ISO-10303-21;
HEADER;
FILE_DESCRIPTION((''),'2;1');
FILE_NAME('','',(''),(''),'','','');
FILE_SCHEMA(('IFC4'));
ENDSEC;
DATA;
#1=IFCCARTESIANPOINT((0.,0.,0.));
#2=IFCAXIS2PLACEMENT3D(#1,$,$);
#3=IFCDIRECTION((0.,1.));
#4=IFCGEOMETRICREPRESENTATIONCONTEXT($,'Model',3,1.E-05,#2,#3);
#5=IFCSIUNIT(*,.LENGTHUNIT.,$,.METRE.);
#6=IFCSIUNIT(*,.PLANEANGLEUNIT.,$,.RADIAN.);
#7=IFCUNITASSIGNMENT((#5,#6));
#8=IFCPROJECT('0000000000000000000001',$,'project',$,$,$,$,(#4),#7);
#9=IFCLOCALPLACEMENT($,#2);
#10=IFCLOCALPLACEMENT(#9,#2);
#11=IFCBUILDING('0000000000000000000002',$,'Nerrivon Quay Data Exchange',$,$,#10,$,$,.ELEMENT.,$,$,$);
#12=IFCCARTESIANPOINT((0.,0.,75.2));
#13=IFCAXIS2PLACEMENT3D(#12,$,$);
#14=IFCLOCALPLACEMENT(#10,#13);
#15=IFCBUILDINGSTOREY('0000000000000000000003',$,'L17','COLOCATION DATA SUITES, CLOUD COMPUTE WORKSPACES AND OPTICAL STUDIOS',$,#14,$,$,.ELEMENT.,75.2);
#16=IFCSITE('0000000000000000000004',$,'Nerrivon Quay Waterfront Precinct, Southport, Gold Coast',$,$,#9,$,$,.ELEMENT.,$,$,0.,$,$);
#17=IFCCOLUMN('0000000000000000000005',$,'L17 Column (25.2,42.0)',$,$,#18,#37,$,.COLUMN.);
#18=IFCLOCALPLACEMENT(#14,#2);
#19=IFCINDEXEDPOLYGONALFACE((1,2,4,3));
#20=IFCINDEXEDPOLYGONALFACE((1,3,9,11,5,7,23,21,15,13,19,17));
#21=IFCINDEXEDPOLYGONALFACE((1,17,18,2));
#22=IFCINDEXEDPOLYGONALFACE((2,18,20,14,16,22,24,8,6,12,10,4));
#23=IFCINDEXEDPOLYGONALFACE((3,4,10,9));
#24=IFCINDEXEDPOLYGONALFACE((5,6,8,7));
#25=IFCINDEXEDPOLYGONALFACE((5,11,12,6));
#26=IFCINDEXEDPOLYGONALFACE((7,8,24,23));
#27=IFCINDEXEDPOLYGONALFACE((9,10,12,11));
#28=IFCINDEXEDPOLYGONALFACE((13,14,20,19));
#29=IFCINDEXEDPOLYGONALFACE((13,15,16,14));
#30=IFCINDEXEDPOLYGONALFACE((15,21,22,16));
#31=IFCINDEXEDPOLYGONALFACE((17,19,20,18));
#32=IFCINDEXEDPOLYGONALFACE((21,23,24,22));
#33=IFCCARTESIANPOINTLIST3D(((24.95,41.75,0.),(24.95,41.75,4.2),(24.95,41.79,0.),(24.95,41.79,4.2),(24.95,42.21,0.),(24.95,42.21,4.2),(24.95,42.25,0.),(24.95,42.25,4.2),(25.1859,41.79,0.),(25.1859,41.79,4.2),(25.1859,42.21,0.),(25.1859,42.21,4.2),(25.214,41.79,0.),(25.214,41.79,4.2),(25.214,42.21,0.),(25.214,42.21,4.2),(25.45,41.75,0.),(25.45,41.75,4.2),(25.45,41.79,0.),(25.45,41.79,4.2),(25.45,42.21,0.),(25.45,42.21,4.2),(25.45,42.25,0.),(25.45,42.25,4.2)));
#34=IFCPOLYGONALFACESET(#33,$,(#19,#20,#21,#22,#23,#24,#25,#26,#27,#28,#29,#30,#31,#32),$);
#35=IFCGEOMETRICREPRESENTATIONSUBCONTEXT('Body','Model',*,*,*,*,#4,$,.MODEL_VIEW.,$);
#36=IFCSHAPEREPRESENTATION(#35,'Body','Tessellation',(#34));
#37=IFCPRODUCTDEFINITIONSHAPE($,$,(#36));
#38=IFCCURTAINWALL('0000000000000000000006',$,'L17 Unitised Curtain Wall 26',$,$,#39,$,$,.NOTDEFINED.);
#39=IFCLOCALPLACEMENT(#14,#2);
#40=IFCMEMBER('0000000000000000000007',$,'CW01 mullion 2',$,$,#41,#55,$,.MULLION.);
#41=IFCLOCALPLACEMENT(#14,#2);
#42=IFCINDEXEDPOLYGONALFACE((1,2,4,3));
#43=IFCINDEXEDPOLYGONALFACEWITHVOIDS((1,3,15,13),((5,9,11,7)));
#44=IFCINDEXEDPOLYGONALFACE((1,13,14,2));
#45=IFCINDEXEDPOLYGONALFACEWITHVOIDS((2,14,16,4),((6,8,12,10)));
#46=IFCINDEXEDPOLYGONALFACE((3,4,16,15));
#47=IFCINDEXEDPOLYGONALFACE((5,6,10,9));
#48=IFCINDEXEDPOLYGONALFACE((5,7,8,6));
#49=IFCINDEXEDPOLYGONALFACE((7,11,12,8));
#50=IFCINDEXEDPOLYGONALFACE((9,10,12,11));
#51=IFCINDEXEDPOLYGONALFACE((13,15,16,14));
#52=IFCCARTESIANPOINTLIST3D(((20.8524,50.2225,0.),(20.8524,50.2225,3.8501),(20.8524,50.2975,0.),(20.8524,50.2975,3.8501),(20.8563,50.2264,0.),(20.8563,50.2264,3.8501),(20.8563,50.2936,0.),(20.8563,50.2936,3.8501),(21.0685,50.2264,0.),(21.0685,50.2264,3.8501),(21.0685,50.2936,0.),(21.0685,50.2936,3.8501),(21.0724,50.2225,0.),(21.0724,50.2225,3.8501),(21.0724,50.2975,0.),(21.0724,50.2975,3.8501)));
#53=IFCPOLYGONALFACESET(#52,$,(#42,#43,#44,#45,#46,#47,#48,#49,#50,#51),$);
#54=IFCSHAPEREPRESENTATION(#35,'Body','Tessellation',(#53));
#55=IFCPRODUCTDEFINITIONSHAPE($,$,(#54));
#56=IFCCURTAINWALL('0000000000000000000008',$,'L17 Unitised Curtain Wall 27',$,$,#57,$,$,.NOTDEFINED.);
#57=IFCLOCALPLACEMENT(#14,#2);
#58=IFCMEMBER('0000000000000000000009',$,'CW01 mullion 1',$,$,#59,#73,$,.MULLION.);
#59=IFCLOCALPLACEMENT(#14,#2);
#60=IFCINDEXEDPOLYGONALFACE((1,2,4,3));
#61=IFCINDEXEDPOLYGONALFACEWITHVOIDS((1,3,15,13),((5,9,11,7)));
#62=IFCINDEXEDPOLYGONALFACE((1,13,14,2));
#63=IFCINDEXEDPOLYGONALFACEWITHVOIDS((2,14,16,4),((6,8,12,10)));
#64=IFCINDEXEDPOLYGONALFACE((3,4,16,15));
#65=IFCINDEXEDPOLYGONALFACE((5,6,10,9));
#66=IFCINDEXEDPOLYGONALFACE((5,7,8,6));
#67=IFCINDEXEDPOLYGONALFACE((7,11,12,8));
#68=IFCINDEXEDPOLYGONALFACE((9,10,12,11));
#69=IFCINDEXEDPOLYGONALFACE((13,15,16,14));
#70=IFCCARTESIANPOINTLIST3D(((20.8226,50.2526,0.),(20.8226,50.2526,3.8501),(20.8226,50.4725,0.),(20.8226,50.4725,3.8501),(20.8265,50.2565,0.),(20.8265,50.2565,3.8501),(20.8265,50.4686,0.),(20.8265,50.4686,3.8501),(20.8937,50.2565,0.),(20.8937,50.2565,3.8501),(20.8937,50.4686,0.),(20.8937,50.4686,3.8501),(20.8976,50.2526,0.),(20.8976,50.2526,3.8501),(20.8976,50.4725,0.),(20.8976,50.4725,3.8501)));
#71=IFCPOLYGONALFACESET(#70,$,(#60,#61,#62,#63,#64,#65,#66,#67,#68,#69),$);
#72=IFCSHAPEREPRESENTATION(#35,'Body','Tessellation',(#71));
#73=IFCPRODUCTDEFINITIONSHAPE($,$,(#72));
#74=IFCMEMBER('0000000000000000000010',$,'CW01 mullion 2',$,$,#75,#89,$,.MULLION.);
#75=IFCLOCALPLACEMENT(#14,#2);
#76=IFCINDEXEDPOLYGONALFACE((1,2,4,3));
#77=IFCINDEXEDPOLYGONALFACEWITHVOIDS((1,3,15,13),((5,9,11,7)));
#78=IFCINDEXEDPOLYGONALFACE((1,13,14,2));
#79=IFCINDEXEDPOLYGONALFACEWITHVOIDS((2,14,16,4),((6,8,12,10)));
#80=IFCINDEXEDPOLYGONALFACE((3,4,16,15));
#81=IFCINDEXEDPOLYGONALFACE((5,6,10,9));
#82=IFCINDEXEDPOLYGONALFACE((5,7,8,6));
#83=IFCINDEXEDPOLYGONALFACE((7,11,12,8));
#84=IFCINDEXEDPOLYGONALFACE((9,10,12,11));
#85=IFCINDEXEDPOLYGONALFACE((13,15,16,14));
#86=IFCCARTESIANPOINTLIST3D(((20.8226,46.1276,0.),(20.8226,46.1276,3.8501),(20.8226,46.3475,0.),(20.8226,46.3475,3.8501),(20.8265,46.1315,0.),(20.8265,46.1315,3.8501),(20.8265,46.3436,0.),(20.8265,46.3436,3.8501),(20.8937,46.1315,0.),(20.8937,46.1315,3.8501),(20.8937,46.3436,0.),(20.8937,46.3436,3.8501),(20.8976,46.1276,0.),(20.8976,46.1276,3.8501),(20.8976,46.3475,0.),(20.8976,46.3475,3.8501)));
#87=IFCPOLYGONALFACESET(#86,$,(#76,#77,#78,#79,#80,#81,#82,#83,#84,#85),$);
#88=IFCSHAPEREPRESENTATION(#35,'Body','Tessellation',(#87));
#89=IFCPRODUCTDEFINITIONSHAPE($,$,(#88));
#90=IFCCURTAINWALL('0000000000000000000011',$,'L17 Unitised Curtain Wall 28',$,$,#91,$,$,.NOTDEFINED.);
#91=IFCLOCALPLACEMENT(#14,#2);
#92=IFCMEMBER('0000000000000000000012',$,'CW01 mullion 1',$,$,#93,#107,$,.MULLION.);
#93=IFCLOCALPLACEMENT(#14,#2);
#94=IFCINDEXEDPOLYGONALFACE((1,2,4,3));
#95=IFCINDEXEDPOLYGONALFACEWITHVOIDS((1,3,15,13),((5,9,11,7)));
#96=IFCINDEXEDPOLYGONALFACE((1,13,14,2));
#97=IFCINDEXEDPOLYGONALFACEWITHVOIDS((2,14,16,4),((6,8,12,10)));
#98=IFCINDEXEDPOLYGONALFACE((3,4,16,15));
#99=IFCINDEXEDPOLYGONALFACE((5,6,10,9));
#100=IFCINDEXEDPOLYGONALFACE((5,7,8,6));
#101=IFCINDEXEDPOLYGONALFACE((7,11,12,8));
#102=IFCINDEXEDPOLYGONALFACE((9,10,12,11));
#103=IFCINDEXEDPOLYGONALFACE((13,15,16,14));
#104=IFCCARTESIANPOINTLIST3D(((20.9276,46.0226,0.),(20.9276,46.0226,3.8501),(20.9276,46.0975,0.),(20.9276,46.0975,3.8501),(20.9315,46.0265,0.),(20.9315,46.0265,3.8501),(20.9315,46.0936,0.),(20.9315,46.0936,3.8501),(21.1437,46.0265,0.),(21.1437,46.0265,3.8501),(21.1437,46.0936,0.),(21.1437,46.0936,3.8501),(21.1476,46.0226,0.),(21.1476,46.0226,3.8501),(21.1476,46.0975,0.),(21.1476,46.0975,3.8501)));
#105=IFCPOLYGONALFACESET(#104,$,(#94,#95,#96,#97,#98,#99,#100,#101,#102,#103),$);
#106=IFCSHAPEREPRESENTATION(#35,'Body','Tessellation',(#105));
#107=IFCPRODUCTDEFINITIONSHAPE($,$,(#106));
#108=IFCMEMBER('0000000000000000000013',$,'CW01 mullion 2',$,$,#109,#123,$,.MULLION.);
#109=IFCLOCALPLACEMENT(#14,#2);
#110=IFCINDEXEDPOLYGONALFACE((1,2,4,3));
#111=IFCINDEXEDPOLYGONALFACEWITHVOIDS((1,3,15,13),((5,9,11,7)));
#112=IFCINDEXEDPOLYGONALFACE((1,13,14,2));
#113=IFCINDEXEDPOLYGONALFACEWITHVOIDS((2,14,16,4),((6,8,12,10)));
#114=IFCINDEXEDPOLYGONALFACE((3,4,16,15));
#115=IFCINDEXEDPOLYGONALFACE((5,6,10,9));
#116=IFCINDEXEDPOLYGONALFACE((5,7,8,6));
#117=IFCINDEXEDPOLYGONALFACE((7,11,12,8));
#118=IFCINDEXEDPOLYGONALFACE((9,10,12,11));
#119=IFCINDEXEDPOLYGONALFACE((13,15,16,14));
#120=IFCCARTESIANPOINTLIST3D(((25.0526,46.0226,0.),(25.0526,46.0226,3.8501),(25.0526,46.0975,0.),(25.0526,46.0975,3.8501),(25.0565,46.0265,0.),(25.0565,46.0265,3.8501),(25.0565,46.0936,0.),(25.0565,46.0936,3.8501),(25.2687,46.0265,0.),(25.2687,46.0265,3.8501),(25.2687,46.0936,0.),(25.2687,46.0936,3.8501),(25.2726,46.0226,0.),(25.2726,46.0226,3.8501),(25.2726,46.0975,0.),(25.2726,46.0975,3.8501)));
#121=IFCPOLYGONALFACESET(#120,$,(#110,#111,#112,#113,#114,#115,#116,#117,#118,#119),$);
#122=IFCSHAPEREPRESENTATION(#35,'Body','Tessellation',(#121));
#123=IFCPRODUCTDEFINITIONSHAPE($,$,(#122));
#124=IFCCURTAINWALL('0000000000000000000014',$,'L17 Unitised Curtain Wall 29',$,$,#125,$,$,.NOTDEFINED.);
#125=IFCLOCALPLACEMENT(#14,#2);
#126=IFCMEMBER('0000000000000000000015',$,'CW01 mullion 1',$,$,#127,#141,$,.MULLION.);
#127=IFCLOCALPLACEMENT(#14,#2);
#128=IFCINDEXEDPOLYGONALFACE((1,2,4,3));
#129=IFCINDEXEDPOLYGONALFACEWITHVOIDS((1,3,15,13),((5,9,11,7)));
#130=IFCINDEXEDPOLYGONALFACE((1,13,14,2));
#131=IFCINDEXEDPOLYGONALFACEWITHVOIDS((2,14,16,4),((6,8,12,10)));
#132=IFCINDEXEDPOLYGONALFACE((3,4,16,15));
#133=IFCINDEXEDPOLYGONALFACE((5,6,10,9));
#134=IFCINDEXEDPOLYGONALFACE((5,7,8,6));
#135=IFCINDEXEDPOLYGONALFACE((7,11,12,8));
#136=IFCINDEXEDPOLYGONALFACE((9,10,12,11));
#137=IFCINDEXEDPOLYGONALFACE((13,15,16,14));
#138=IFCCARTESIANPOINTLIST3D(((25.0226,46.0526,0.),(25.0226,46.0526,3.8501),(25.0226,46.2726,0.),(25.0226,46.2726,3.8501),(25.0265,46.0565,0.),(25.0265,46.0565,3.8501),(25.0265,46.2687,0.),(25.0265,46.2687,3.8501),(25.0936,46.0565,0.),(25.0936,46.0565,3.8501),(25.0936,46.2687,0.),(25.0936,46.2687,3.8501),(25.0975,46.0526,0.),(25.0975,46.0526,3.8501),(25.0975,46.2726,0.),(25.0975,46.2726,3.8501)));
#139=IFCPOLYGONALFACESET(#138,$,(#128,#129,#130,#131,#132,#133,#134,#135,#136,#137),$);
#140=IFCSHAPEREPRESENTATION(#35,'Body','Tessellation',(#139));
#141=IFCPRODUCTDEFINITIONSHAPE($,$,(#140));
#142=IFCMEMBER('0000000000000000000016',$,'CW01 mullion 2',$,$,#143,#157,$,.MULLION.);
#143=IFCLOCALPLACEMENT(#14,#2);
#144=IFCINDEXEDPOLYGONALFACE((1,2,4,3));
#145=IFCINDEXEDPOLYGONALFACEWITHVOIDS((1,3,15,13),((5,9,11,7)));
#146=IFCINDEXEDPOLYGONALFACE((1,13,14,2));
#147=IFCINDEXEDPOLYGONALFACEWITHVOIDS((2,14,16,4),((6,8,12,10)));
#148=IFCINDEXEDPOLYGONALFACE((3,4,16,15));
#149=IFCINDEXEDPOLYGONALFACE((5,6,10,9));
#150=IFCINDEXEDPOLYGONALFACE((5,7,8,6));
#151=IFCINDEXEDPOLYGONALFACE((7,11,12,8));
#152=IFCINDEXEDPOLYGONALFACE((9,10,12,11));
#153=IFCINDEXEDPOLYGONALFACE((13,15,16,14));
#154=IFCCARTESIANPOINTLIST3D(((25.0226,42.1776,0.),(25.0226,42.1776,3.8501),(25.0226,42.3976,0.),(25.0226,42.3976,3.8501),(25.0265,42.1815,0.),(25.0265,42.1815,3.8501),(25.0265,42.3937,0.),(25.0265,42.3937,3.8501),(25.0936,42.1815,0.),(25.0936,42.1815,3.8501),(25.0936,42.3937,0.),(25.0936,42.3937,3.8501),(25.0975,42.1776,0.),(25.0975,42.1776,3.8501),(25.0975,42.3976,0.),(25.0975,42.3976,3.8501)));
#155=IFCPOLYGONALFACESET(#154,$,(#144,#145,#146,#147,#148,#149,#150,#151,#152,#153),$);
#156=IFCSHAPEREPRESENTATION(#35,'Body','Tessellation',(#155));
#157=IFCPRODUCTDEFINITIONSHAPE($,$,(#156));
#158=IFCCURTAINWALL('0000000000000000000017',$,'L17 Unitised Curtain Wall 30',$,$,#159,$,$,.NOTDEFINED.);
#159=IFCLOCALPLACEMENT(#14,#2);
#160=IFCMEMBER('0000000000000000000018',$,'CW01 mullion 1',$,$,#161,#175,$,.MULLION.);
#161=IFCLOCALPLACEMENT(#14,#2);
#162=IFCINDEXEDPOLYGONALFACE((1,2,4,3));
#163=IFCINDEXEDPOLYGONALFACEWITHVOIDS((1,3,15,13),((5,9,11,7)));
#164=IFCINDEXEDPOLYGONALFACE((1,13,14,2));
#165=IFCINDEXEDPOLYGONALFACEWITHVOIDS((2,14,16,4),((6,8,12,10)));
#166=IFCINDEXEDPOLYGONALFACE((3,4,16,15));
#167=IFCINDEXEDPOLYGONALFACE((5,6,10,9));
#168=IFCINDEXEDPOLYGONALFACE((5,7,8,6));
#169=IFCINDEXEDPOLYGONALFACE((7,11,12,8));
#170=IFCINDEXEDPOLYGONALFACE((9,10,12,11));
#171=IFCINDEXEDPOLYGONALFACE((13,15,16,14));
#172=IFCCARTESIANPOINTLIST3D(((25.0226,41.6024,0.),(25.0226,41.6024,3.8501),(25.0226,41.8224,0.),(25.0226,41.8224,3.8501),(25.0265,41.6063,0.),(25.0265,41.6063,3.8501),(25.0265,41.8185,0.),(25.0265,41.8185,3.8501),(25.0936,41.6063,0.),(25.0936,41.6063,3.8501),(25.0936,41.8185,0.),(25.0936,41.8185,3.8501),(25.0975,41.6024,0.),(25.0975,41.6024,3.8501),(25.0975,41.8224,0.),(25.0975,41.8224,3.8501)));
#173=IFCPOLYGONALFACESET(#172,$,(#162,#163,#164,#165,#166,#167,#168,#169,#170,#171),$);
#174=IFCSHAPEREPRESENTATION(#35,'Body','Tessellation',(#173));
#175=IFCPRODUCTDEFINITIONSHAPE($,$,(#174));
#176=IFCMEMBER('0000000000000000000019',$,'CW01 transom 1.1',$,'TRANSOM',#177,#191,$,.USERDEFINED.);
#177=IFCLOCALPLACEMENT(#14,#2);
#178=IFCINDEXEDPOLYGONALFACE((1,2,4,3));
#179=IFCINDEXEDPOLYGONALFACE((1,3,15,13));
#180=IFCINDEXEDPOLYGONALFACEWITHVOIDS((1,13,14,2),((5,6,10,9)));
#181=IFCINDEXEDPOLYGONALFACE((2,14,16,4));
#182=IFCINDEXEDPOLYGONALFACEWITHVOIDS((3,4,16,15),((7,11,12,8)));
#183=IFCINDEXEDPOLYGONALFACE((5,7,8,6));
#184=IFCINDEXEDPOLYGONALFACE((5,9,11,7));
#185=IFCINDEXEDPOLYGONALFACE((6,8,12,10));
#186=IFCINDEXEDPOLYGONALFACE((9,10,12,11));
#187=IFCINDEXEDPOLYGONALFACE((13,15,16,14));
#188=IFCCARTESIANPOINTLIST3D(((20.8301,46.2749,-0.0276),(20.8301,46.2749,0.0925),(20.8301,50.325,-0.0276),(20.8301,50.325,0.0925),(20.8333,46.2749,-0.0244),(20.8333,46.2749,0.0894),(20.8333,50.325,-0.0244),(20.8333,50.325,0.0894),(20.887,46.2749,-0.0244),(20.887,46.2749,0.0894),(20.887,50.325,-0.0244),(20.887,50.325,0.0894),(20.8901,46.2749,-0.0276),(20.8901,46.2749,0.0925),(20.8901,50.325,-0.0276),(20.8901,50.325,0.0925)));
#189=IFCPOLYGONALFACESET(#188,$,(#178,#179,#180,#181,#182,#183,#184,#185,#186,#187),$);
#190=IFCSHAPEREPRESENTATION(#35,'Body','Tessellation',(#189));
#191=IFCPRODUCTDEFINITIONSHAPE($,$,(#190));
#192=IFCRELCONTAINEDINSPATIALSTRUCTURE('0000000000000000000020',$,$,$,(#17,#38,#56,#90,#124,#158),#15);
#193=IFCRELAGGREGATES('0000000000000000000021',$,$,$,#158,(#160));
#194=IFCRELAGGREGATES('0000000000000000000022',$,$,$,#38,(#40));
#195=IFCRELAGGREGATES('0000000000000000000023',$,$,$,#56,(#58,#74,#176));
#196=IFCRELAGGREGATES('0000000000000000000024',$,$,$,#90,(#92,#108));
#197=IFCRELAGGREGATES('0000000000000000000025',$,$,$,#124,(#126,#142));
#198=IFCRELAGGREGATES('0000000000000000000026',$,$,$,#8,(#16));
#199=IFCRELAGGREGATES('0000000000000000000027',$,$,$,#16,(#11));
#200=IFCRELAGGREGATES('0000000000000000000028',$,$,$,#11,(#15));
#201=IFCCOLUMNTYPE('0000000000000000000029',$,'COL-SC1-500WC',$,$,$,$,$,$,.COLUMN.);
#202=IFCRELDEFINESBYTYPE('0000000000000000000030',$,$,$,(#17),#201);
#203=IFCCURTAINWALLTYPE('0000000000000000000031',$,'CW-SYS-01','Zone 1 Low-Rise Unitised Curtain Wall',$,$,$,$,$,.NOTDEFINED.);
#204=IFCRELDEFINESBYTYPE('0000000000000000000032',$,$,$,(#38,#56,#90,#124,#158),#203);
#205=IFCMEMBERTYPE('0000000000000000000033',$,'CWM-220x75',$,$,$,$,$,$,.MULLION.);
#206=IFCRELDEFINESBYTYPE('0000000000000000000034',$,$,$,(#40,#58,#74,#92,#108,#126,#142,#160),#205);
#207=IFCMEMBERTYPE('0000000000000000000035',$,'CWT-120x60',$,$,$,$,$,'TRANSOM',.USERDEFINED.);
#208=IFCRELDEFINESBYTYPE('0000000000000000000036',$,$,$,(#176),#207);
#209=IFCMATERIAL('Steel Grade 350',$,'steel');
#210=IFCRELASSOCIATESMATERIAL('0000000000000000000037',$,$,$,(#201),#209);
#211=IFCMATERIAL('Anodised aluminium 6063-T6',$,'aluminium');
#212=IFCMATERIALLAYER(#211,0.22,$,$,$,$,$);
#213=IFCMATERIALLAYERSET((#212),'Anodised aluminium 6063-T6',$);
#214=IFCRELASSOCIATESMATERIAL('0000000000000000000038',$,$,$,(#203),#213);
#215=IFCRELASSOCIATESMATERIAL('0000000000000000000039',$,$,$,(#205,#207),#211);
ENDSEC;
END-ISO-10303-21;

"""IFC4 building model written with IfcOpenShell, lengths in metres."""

from ifc_helpers import new_model, si_unit, direction, frame, origin, origin_2d, place, context, subcontext, project, spatial, hollow_rectangle, i_section, extrude, material, layer, layer_set, material_profile, profile_set, type_object, element, aggregate, save


model = new_model("IFC4")

# Units and contexts
model_context = context("Model", 3, precision=1e-05, world=origin(), true_north=direction((0.0, 1.0)))
body_context = subcontext(model_context, "Body", "Model", "MODEL_VIEW")
ifc_project = project(units=[si_unit("LENGTHUNIT", "METRE"), si_unit("PLANEANGLEUNIT", "RADIAN")], contexts=[model_context])

# Site, building, storey
site_placement = place(None, origin())
site = spatial("IfcSite", under=ifc_project, at=site_placement, Name="Nerrivon Quay Waterfront Precinct, Southport, Gold Coast", CompositionType="ELEMENT", RefElevation=0.0)
building_placement = place(site_placement, origin())
building = spatial("IfcBuilding", under=site, at=building_placement, Name="Nerrivon Quay Data Exchange", CompositionType="ELEMENT")
storey_placement = place(building_placement, frame((0.0, 0.0, 75.2)))
storey = spatial("IfcBuildingStorey", under=building, at=storey_placement, Name="L17", Description="COLOCATION DATA SUITES, CLOUD COMPUTE WORKSPACES AND OPTICAL STUDIOS", CompositionType="ELEMENT", Elevation=75.2)

# Column
ifc_material_1 = material(Name="Steel Grade 350", Category="steel")
ifc_material_profile_1 = material_profile(ifc_material_1, i_section(OverallWidth=0.5, OverallDepth=0.5, WebThickness=0.0281, FlangeThickness=0.04, at=origin_2d()), Name="500WC440")
ifc_profile_set_1 = profile_set([ifc_material_profile_1], Name="Steel Grade 350")
column_type = type_object("IfcColumnType", Name="COL-SC1-500WC", PredefinedType="COLUMN", material=ifc_profile_set_1)
column_placement = place(storey_placement, frame((25.2, 42.0, 0.0), z_axis=(0.0, 0.0, 1.0), x_axis=(1.0, 0.0, 0.0)))
element("IfcColumn", 1, at=column_placement, inside=storey, type_object=column_type, Name="L17 Column (25.2,42.0)", PredefinedType="COLUMN", context=body_context, shape_type="SweptSolid", body=[
    extrude(i_section(OverallWidth=0.5, OverallDepth=0.5, WebThickness=0.0281, FlangeThickness=0.04, at=origin_2d()), origin(), (0.0, 0.0, 1.0), 4.2),
])

# Curtain wall, member
ifc_material_2 = material(Name="Anodised aluminium 6063-T6", Category="aluminium")
ifc_layer_1 = layer(ifc_material_2, 0.22)
ifc_layer_set_1 = layer_set([ifc_layer_1], Name="Anodised aluminium 6063-T6")
curtain_wall_type = type_object("IfcCurtainWallType", Name="CW-SYS-01", Description="Zone 1 Low-Rise Unitised Curtain Wall", PredefinedType="NOTDEFINED", material=ifc_layer_set_1)
curtain_wall_1_placement = place(storey_placement, origin())
curtain_wall_1 = element("IfcCurtainWall", 2, at=curtain_wall_1_placement, inside=storey, type_object=curtain_wall_type, Name="L17 Unitised Curtain Wall 26", PredefinedType="NOTDEFINED")
ifc_material_profile_2 = material_profile(ifc_material_2, hollow_rectangle(XDim=0.075, YDim=0.22, WallThickness=0.0039, at=origin_2d()), Name="ALU-MULL-220x75")
ifc_profile_set_2 = profile_set([ifc_material_profile_2], Name="Anodised aluminium 6063-T6")
member_type_1 = type_object("IfcMemberType", Name="CWM-220x75", PredefinedType="MULLION", material=ifc_profile_set_2)
member_1_placement = place(storey_placement, frame((20.9624, 50.26, 0.0), z_axis=(0.0, 0.0, 1.0), x_axis=(0.0, 1.0, 0.0)))
member_1 = element("IfcMember", 3, at=member_1_placement, type_object=member_type_1, Name="CW01 mullion 2", PredefinedType="MULLION", context=body_context, shape_type="SweptSolid", body=[
    extrude(hollow_rectangle(XDim=0.075, YDim=0.22, WallThickness=0.0039, at=origin_2d()), origin(), (0.0, 0.0, 1.0), 3.8501),
])

# Curtain walls, members
curtain_wall_2_placement = place(storey_placement, origin())
curtain_wall_2 = element("IfcCurtainWall", 4, at=curtain_wall_2_placement, inside=storey, type_object=curtain_wall_type, Name="L17 Unitised Curtain Wall 27", PredefinedType="NOTDEFINED")
member_2_placement = place(storey_placement, frame((20.8601, 50.3625, 0.0), z_axis=(0.0, 0.0, 1.0), x_axis=(1.0, 0.0, 0.0)))
member_2 = element("IfcMember", 5, at=member_2_placement, type_object=member_type_1, Name="CW01 mullion 1", PredefinedType="MULLION", context=body_context, shape_type="SweptSolid", body=[
    extrude(hollow_rectangle(XDim=0.075, YDim=0.22, WallThickness=0.0039, at=origin_2d()), origin(), (0.0, 0.0, 1.0), 3.8501),
])
member_3_placement = place(storey_placement, frame((20.8601, 46.2375, 0.0), z_axis=(0.0, 0.0, 1.0), x_axis=(1.0, 0.0, 0.0)))
member_3 = element("IfcMember", 6, at=member_3_placement, type_object=member_type_1, Name="CW01 mullion 2", PredefinedType="MULLION", context=body_context, shape_type="SweptSolid", body=[
    extrude(hollow_rectangle(XDim=0.075, YDim=0.22, WallThickness=0.0039, at=origin_2d()), origin(), (0.0, 0.0, 1.0), 3.8501),
])
curtain_wall_3_placement = place(storey_placement, origin())
curtain_wall_3 = element("IfcCurtainWall", 7, at=curtain_wall_3_placement, inside=storey, type_object=curtain_wall_type, Name="L17 Unitised Curtain Wall 28", PredefinedType="NOTDEFINED")
member_4_placement = place(storey_placement, frame((21.0376, 46.0601, 0.0), z_axis=(0.0, 0.0, 1.0), x_axis=(0.0, 1.0, 0.0)))
member_4 = element("IfcMember", 8, at=member_4_placement, type_object=member_type_1, Name="CW01 mullion 1", PredefinedType="MULLION", context=body_context, shape_type="SweptSolid", body=[
    extrude(hollow_rectangle(XDim=0.075, YDim=0.22, WallThickness=0.0039, at=origin_2d()), origin(), (0.0, 0.0, 1.0), 3.8501),
])
member_5_placement = place(storey_placement, frame((25.1626, 46.0601, 0.0), z_axis=(0.0, 0.0, 1.0), x_axis=(0.0, 1.0, 0.0)))
member_5 = element("IfcMember", 9, at=member_5_placement, type_object=member_type_1, Name="CW01 mullion 2", PredefinedType="MULLION", context=body_context, shape_type="SweptSolid", body=[
    extrude(hollow_rectangle(XDim=0.075, YDim=0.22, WallThickness=0.0039, at=origin_2d()), origin(), (0.0, 0.0, 1.0), 3.8501),
])
curtain_wall_4_placement = place(storey_placement, origin())
curtain_wall_4 = element("IfcCurtainWall", 10, at=curtain_wall_4_placement, inside=storey, type_object=curtain_wall_type, Name="L17 Unitised Curtain Wall 29", PredefinedType="NOTDEFINED")
member_6_placement = place(storey_placement, frame((25.0601, 46.1626, 0.0), z_axis=(0.0, 0.0, 1.0), x_axis=(1.0, 0.0, 0.0)))
member_6 = element("IfcMember", 11, at=member_6_placement, type_object=member_type_1, Name="CW01 mullion 1", PredefinedType="MULLION", context=body_context, shape_type="SweptSolid", body=[
    extrude(hollow_rectangle(XDim=0.075, YDim=0.22, WallThickness=0.0039, at=origin_2d()), origin(), (0.0, 0.0, 1.0), 3.8501),
])
member_7_placement = place(storey_placement, frame((25.0601, 42.2876, 0.0), z_axis=(0.0, 0.0, 1.0), x_axis=(1.0, 0.0, 0.0)))
member_7 = element("IfcMember", 12, at=member_7_placement, type_object=member_type_1, Name="CW01 mullion 2", PredefinedType="MULLION", context=body_context, shape_type="SweptSolid", body=[
    extrude(hollow_rectangle(XDim=0.075, YDim=0.22, WallThickness=0.0039, at=origin_2d()), origin(), (0.0, 0.0, 1.0), 3.8501),
])

# Curtain wall, member
curtain_wall_5_placement = place(storey_placement, origin())
curtain_wall_5 = element("IfcCurtainWall", 13, at=curtain_wall_5_placement, inside=storey, type_object=curtain_wall_type, Name="L17 Unitised Curtain Wall 30", PredefinedType="NOTDEFINED")
member_8_placement = place(storey_placement, frame((25.0601, 41.7124, 0.0), z_axis=(0.0, 0.0, 1.0), x_axis=(1.0, 0.0, 0.0)))
member_8 = element("IfcMember", 14, at=member_8_placement, type_object=member_type_1, Name="CW01 mullion 1", PredefinedType="MULLION", context=body_context, shape_type="SweptSolid", body=[
    extrude(hollow_rectangle(XDim=0.075, YDim=0.22, WallThickness=0.0039, at=origin_2d()), origin(), (0.0, 0.0, 1.0), 3.8501),
])

# Member
ifc_material_profile_3 = material_profile(ifc_material_2, hollow_rectangle(XDim=0.0601, YDim=0.1201, WallThickness=0.0032, at=origin_2d()), Name="ALU-TRAN-120x60")
ifc_profile_set_3 = profile_set([ifc_material_profile_3], Name="Anodised aluminium 6063-T6")
member_type_2 = type_object("IfcMemberType", Name="CWT-120x60", ElementType="TRANSOM", PredefinedType="USERDEFINED", material=ifc_profile_set_3)
member_9_placement = place(storey_placement, frame((20.8601, 50.325, 0.0325), z_axis=(0.0, -1.0, 0.0), x_axis=(1.0, 0.0, 0.0)))
member_9 = element("IfcMember", 15, at=member_9_placement, type_object=member_type_2, Name="CW01 transom 1.1", ObjectType="TRANSOM", PredefinedType="USERDEFINED", context=body_context, shape_type="SweptSolid", body=[
    extrude(hollow_rectangle(XDim=0.0601, YDim=0.1201, WallThickness=0.0032, at=origin_2d()), origin(), (0.0, 0.0, 1.0), 4.05),
])
aggregate(curtain_wall_5, [member_8])

aggregate(curtain_wall_1, [member_1])
aggregate(curtain_wall_2, [member_2, member_3, member_9])
aggregate(curtain_wall_3, [member_4, member_5])
aggregate(curtain_wall_4, [member_6, member_7])

save(model, "model.ifc")
